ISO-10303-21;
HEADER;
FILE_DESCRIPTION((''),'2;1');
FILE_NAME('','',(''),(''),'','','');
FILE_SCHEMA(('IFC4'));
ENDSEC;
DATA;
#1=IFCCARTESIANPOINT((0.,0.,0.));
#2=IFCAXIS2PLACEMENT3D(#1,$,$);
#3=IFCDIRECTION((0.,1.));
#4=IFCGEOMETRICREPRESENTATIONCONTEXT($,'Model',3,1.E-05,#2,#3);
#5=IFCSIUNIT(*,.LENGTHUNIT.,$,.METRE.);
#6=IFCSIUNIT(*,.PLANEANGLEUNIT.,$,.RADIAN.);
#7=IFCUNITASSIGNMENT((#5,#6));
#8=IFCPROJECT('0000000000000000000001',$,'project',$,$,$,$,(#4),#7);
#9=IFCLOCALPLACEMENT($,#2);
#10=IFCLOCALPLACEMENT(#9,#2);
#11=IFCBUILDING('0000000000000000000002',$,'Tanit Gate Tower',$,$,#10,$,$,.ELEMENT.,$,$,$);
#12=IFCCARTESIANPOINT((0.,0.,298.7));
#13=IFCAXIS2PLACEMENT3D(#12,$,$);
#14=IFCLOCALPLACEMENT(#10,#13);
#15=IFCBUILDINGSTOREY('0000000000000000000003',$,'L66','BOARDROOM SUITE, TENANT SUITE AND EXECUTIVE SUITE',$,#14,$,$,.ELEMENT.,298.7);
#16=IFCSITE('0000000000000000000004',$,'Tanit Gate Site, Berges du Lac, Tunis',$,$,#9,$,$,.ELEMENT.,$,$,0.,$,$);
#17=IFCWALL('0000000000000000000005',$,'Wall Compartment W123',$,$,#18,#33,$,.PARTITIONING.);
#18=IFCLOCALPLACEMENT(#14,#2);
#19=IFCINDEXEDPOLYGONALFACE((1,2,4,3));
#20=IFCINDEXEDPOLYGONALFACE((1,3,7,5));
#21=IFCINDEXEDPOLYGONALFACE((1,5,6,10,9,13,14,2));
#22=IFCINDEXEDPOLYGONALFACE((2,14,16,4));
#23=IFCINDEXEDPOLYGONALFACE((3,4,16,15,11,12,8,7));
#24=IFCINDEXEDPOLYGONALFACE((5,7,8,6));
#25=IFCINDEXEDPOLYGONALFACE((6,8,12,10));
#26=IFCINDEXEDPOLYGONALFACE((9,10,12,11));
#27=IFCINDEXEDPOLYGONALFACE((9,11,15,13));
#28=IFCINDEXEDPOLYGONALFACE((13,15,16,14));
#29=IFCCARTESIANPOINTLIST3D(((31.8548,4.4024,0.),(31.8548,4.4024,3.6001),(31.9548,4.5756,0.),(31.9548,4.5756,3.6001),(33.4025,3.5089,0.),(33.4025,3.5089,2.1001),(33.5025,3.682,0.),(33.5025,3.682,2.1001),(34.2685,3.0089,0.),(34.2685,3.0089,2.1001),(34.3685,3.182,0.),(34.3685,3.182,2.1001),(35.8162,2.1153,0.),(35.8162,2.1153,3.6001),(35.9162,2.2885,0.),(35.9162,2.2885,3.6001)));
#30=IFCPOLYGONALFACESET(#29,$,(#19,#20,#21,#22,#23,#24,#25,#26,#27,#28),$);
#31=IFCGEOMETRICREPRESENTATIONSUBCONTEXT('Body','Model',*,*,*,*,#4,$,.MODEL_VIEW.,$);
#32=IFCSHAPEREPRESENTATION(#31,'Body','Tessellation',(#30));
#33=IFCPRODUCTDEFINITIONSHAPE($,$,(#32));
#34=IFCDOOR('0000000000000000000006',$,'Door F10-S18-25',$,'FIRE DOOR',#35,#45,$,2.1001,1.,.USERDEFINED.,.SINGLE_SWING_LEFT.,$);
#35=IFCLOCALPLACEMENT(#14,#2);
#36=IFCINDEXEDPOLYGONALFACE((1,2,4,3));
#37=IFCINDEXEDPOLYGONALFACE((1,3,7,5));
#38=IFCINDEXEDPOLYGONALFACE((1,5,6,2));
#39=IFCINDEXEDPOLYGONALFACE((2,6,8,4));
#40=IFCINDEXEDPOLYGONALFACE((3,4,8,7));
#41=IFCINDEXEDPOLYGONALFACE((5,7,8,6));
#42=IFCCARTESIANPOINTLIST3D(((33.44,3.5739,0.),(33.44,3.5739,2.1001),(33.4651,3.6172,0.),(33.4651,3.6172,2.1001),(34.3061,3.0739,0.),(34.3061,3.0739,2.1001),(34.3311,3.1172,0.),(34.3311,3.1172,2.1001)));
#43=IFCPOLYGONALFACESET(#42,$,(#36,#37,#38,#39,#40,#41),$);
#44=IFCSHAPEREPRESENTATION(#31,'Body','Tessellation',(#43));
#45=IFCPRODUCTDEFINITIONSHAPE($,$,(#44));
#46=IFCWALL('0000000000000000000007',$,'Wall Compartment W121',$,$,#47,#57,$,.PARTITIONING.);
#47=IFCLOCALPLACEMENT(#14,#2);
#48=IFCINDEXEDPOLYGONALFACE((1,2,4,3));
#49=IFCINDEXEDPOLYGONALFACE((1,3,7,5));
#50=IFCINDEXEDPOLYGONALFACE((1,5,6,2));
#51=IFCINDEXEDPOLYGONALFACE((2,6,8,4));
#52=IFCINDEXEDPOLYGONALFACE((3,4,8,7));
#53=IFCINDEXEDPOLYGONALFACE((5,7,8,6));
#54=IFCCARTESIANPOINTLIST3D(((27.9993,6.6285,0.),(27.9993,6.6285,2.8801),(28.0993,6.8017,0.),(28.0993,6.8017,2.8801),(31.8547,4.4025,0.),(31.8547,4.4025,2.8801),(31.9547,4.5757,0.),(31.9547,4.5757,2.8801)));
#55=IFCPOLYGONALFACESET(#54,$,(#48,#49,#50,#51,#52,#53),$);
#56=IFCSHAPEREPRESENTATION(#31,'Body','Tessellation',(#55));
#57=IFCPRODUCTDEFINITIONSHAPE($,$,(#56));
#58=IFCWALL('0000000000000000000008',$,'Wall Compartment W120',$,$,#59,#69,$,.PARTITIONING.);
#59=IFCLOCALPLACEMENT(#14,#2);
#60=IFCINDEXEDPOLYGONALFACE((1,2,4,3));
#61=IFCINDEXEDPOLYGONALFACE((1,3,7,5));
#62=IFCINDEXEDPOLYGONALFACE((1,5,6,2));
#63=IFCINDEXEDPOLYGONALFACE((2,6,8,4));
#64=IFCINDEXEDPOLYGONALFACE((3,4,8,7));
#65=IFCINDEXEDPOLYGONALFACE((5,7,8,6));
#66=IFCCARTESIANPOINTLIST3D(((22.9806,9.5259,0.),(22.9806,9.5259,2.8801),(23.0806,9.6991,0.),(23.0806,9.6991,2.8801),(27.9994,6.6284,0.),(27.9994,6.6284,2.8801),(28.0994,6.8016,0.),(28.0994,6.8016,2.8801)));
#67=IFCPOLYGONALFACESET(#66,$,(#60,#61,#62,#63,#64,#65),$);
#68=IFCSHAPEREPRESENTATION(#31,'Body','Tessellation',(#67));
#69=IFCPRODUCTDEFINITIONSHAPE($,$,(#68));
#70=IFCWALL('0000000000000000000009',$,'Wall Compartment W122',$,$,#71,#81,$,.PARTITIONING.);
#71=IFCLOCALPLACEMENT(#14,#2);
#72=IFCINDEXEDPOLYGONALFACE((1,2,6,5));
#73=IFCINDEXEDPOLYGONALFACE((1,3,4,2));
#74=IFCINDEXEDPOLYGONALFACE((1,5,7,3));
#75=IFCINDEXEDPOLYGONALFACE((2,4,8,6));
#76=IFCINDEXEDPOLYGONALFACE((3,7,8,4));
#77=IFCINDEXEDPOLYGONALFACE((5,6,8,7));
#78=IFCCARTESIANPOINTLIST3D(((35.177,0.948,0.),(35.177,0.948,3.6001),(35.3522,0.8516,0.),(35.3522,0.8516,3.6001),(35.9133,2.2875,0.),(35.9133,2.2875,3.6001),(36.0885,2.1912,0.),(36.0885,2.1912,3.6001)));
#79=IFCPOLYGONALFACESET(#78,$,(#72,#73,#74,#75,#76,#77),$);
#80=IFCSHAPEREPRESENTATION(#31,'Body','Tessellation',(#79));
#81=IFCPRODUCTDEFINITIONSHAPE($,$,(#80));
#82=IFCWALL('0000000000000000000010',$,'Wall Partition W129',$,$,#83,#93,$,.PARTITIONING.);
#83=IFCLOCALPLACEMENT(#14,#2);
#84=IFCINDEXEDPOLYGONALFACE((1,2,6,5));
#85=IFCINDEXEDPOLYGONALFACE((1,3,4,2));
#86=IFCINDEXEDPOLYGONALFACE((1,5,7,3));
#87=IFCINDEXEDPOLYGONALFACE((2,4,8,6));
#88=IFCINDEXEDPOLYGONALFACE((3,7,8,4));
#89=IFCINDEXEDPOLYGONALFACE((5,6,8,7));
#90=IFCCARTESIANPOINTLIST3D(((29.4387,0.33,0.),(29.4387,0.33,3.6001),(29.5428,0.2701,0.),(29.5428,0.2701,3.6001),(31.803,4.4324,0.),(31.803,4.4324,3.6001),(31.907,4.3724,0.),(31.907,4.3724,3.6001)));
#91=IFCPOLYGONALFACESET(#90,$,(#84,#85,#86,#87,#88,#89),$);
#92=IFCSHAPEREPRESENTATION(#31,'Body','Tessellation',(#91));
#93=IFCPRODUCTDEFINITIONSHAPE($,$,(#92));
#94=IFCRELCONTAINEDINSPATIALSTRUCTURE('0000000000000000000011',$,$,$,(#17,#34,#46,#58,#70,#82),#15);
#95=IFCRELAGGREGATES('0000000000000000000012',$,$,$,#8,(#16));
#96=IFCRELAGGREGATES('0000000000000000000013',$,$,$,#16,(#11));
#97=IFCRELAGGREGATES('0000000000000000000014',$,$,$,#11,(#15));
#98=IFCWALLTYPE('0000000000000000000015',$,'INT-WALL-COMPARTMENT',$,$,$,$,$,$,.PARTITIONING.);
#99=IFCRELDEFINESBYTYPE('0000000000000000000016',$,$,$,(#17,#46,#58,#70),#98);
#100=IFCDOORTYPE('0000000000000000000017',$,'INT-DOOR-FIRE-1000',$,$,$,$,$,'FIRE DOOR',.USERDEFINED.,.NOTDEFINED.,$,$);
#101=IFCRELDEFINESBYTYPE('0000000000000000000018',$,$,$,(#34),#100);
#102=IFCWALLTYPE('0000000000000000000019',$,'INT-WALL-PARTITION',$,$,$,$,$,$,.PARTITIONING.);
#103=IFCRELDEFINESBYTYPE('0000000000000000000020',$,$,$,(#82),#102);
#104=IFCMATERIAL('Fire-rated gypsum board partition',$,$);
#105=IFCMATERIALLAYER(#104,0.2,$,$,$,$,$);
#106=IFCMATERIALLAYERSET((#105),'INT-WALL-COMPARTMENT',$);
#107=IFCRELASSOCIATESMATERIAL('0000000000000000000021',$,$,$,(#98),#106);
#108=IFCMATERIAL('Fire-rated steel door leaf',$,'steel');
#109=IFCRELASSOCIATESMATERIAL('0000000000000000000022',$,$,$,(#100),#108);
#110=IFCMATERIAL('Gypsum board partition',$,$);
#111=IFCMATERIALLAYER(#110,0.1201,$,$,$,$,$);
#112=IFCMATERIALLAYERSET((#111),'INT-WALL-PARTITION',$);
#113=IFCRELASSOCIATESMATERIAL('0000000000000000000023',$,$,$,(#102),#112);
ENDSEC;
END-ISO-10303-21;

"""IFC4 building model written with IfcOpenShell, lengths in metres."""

from ifc_helpers import new_model, si_unit, direction, frame, frame_2d, origin, place, context, subcontext, project, spatial, rectangle, extrude, material, layer, layer_set, type_object, element, fill, save


model = new_model("IFC4")

# Units and contexts
model_context = context("Model", 3, precision=1e-05, world=origin(), true_north=direction((0.0, 1.0)))
body_context = subcontext(model_context, "Body", "Model", "MODEL_VIEW")
ifc_project = project(units=[si_unit("LENGTHUNIT", "METRE"), si_unit("PLANEANGLEUNIT", "RADIAN")], contexts=[model_context])

# Site, building, storey
site_placement = place(None, origin())
site = spatial("IfcSite", under=ifc_project, at=site_placement, Name="Tanit Gate Site, Berges du Lac, Tunis", CompositionType="ELEMENT", RefElevation=0.0)
building_placement = place(site_placement, origin())
building = spatial("IfcBuilding", under=site, at=building_placement, Name="Tanit Gate Tower", CompositionType="ELEMENT")
storey_placement = place(building_placement, frame((0.0, 0.0, 298.7)))
storey = spatial("IfcBuildingStorey", under=building, at=storey_placement, Name="L66", Description="BOARDROOM SUITE, TENANT SUITE AND EXECUTIVE SUITE", CompositionType="ELEMENT", Elevation=298.7)

# Shared definitions
ifc_material_1 = material(Name="Fire-rated gypsum board partition")
ifc_layer_1 = layer(ifc_material_1, 0.2)
ifc_layer_set_1 = layer_set([ifc_layer_1], Name="INT-WALL-COMPARTMENT")
wall_type_1 = type_object("IfcWallType", Name="INT-WALL-COMPARTMENT", PredefinedType="PARTITIONING", material=ifc_layer_set_1)

# Wall, opening, door
wall_1_placement = place(storey_placement, frame((35.8662, 2.2019, 0.0), z_axis=(0.0, 0.0, 1.0), x_axis=(-0.866027, 0.499997, 0.0)))
wall_1 = element("IfcWall", 1, at=wall_1_placement, inside=storey, type_object=wall_type_1, Name="Wall Compartment W123", PredefinedType="PARTITIONING", context=body_context, shape_type="SweptSolid", body=[
    extrude(rectangle(XDim=4.5742, YDim=0.2, at=frame_2d((2.2871, 0.0))), origin(), (0.0, 0.0, 1.0), 3.6001),
])
opening_placement = place(wall_1_placement, frame((1.7871, 0.0, 0.0)))
opening = element("IfcOpeningElement", 2, at=opening_placement, cuts=wall_1, PredefinedType="OPENING", context=body_context, shape_type="SweptSolid", body=[
    extrude(rectangle(XDim=1.0, YDim=2.1001, at=frame_2d((0.5, 1.05))), frame((0.0, 0.1099, 0.0), z_axis=(0.0, -1.0, 0.0), x_axis=(1.0, 0.0, 0.0)), (0.0, 0.0, 1.0), 0.22),
])
ifc_material_2 = material(Name="Fire-rated steel door leaf", Category="steel")
door_type = type_object("IfcDoorType", Name="INT-DOOR-FIRE-1000", ElementType="FIRE DOOR", OperationType="NOTDEFINED", PredefinedType="USERDEFINED", material=ifc_material_2)
door_placement = place(opening_placement, origin())
door = element("IfcDoor", 3, at=door_placement, inside=storey, type_object=door_type, Name="Door F10-S18-25", ObjectType="FIRE DOOR", OperationType="SINGLE_SWING_LEFT", OverallHeight=2.1001, OverallWidth=1.0, PredefinedType="USERDEFINED", context=body_context, shape_type="SweptSolid", body=[
    extrude(rectangle(XDim=1.0, YDim=2.1001, at=frame_2d((0.5, 1.05))), frame((0.0, 0.0249, 0.0), z_axis=(0.0, -1.0, 0.0), x_axis=(1.0, 0.0, 0.0)), (0.0, 0.0, 1.0), 0.05),
])
fill(opening, door)

# Walls
wall_2_placement = place(storey_placement, frame((31.9048, 4.489, 0.0), z_axis=(0.0, 0.0, 1.0), x_axis=(-0.866014, 0.50002, 0.0)))
element("IfcWall", 4, at=wall_2_placement, inside=storey, type_object=wall_type_1, Name="Wall Compartment W121", PredefinedType="PARTITIONING", context=body_context, shape_type="SweptSolid", body=[
    extrude(rectangle(XDim=4.4519, YDim=0.2, at=frame_2d((2.2261, 0.0))), origin(), (0.0, 0.0, 1.0), 2.8801),
])
wall_3_placement = place(storey_placement, frame((28.0493, 6.7151, 0.0), z_axis=(0.0, 0.0, 1.0), x_axis=(-0.866036, 0.499981, 0.0)))
element("IfcWall", 5, at=wall_3_placement, inside=storey, type_object=wall_type_1, Name="Wall Compartment W120", PredefinedType="PARTITIONING", context=body_context, shape_type="SweptSolid", body=[
    extrude(rectangle(XDim=5.7952, YDim=0.2, at=frame_2d((2.8975, 0.0))), origin(), (0.0, 0.0, 1.0), 2.8801),
])
wall_4_placement = place(storey_placement, frame((35.2646, 0.8999, 0.0), z_axis=(0.0, 0.0, 1.0), x_axis=(0.481692, 0.876341, 0.0)))
element("IfcWall", 6, at=wall_4_placement, inside=storey, type_object=wall_type_1, Name="Wall Compartment W122", PredefinedType="PARTITIONING", context=body_context, shape_type="SweptSolid", body=[
    extrude(rectangle(XDim=1.5286, YDim=0.2, at=frame_2d((0.7642, 0.0))), origin(), (0.0, 0.0, 1.0), 3.6001),
])
ifc_material_3 = material(Name="Gypsum board partition")
ifc_layer_2 = layer(ifc_material_3, 0.1201)
ifc_layer_set_2 = layer_set([ifc_layer_2], Name="INT-WALL-PARTITION")
wall_type_2 = type_object("IfcWallType", Name="INT-WALL-PARTITION", PredefinedType="PARTITIONING", material=ifc_layer_set_2)
wall_5_placement = place(storey_placement, frame((29.4907, 0.3, 0.0), z_axis=(0.0, 0.0, 1.0), x_axis=(0.499334, 0.86641, 0.0)))
element("IfcWall", 7, at=wall_5_placement, inside=storey, type_object=wall_type_2, Name="Wall Partition W129", PredefinedType="PARTITIONING", context=body_context, shape_type="SweptSolid", body=[
    extrude(rectangle(XDim=4.7349, YDim=0.1201, at=frame_2d((2.3674, 0.0))), origin(), (0.0, 0.0, 1.0), 3.6001),
])

save(model, "model.ifc")
